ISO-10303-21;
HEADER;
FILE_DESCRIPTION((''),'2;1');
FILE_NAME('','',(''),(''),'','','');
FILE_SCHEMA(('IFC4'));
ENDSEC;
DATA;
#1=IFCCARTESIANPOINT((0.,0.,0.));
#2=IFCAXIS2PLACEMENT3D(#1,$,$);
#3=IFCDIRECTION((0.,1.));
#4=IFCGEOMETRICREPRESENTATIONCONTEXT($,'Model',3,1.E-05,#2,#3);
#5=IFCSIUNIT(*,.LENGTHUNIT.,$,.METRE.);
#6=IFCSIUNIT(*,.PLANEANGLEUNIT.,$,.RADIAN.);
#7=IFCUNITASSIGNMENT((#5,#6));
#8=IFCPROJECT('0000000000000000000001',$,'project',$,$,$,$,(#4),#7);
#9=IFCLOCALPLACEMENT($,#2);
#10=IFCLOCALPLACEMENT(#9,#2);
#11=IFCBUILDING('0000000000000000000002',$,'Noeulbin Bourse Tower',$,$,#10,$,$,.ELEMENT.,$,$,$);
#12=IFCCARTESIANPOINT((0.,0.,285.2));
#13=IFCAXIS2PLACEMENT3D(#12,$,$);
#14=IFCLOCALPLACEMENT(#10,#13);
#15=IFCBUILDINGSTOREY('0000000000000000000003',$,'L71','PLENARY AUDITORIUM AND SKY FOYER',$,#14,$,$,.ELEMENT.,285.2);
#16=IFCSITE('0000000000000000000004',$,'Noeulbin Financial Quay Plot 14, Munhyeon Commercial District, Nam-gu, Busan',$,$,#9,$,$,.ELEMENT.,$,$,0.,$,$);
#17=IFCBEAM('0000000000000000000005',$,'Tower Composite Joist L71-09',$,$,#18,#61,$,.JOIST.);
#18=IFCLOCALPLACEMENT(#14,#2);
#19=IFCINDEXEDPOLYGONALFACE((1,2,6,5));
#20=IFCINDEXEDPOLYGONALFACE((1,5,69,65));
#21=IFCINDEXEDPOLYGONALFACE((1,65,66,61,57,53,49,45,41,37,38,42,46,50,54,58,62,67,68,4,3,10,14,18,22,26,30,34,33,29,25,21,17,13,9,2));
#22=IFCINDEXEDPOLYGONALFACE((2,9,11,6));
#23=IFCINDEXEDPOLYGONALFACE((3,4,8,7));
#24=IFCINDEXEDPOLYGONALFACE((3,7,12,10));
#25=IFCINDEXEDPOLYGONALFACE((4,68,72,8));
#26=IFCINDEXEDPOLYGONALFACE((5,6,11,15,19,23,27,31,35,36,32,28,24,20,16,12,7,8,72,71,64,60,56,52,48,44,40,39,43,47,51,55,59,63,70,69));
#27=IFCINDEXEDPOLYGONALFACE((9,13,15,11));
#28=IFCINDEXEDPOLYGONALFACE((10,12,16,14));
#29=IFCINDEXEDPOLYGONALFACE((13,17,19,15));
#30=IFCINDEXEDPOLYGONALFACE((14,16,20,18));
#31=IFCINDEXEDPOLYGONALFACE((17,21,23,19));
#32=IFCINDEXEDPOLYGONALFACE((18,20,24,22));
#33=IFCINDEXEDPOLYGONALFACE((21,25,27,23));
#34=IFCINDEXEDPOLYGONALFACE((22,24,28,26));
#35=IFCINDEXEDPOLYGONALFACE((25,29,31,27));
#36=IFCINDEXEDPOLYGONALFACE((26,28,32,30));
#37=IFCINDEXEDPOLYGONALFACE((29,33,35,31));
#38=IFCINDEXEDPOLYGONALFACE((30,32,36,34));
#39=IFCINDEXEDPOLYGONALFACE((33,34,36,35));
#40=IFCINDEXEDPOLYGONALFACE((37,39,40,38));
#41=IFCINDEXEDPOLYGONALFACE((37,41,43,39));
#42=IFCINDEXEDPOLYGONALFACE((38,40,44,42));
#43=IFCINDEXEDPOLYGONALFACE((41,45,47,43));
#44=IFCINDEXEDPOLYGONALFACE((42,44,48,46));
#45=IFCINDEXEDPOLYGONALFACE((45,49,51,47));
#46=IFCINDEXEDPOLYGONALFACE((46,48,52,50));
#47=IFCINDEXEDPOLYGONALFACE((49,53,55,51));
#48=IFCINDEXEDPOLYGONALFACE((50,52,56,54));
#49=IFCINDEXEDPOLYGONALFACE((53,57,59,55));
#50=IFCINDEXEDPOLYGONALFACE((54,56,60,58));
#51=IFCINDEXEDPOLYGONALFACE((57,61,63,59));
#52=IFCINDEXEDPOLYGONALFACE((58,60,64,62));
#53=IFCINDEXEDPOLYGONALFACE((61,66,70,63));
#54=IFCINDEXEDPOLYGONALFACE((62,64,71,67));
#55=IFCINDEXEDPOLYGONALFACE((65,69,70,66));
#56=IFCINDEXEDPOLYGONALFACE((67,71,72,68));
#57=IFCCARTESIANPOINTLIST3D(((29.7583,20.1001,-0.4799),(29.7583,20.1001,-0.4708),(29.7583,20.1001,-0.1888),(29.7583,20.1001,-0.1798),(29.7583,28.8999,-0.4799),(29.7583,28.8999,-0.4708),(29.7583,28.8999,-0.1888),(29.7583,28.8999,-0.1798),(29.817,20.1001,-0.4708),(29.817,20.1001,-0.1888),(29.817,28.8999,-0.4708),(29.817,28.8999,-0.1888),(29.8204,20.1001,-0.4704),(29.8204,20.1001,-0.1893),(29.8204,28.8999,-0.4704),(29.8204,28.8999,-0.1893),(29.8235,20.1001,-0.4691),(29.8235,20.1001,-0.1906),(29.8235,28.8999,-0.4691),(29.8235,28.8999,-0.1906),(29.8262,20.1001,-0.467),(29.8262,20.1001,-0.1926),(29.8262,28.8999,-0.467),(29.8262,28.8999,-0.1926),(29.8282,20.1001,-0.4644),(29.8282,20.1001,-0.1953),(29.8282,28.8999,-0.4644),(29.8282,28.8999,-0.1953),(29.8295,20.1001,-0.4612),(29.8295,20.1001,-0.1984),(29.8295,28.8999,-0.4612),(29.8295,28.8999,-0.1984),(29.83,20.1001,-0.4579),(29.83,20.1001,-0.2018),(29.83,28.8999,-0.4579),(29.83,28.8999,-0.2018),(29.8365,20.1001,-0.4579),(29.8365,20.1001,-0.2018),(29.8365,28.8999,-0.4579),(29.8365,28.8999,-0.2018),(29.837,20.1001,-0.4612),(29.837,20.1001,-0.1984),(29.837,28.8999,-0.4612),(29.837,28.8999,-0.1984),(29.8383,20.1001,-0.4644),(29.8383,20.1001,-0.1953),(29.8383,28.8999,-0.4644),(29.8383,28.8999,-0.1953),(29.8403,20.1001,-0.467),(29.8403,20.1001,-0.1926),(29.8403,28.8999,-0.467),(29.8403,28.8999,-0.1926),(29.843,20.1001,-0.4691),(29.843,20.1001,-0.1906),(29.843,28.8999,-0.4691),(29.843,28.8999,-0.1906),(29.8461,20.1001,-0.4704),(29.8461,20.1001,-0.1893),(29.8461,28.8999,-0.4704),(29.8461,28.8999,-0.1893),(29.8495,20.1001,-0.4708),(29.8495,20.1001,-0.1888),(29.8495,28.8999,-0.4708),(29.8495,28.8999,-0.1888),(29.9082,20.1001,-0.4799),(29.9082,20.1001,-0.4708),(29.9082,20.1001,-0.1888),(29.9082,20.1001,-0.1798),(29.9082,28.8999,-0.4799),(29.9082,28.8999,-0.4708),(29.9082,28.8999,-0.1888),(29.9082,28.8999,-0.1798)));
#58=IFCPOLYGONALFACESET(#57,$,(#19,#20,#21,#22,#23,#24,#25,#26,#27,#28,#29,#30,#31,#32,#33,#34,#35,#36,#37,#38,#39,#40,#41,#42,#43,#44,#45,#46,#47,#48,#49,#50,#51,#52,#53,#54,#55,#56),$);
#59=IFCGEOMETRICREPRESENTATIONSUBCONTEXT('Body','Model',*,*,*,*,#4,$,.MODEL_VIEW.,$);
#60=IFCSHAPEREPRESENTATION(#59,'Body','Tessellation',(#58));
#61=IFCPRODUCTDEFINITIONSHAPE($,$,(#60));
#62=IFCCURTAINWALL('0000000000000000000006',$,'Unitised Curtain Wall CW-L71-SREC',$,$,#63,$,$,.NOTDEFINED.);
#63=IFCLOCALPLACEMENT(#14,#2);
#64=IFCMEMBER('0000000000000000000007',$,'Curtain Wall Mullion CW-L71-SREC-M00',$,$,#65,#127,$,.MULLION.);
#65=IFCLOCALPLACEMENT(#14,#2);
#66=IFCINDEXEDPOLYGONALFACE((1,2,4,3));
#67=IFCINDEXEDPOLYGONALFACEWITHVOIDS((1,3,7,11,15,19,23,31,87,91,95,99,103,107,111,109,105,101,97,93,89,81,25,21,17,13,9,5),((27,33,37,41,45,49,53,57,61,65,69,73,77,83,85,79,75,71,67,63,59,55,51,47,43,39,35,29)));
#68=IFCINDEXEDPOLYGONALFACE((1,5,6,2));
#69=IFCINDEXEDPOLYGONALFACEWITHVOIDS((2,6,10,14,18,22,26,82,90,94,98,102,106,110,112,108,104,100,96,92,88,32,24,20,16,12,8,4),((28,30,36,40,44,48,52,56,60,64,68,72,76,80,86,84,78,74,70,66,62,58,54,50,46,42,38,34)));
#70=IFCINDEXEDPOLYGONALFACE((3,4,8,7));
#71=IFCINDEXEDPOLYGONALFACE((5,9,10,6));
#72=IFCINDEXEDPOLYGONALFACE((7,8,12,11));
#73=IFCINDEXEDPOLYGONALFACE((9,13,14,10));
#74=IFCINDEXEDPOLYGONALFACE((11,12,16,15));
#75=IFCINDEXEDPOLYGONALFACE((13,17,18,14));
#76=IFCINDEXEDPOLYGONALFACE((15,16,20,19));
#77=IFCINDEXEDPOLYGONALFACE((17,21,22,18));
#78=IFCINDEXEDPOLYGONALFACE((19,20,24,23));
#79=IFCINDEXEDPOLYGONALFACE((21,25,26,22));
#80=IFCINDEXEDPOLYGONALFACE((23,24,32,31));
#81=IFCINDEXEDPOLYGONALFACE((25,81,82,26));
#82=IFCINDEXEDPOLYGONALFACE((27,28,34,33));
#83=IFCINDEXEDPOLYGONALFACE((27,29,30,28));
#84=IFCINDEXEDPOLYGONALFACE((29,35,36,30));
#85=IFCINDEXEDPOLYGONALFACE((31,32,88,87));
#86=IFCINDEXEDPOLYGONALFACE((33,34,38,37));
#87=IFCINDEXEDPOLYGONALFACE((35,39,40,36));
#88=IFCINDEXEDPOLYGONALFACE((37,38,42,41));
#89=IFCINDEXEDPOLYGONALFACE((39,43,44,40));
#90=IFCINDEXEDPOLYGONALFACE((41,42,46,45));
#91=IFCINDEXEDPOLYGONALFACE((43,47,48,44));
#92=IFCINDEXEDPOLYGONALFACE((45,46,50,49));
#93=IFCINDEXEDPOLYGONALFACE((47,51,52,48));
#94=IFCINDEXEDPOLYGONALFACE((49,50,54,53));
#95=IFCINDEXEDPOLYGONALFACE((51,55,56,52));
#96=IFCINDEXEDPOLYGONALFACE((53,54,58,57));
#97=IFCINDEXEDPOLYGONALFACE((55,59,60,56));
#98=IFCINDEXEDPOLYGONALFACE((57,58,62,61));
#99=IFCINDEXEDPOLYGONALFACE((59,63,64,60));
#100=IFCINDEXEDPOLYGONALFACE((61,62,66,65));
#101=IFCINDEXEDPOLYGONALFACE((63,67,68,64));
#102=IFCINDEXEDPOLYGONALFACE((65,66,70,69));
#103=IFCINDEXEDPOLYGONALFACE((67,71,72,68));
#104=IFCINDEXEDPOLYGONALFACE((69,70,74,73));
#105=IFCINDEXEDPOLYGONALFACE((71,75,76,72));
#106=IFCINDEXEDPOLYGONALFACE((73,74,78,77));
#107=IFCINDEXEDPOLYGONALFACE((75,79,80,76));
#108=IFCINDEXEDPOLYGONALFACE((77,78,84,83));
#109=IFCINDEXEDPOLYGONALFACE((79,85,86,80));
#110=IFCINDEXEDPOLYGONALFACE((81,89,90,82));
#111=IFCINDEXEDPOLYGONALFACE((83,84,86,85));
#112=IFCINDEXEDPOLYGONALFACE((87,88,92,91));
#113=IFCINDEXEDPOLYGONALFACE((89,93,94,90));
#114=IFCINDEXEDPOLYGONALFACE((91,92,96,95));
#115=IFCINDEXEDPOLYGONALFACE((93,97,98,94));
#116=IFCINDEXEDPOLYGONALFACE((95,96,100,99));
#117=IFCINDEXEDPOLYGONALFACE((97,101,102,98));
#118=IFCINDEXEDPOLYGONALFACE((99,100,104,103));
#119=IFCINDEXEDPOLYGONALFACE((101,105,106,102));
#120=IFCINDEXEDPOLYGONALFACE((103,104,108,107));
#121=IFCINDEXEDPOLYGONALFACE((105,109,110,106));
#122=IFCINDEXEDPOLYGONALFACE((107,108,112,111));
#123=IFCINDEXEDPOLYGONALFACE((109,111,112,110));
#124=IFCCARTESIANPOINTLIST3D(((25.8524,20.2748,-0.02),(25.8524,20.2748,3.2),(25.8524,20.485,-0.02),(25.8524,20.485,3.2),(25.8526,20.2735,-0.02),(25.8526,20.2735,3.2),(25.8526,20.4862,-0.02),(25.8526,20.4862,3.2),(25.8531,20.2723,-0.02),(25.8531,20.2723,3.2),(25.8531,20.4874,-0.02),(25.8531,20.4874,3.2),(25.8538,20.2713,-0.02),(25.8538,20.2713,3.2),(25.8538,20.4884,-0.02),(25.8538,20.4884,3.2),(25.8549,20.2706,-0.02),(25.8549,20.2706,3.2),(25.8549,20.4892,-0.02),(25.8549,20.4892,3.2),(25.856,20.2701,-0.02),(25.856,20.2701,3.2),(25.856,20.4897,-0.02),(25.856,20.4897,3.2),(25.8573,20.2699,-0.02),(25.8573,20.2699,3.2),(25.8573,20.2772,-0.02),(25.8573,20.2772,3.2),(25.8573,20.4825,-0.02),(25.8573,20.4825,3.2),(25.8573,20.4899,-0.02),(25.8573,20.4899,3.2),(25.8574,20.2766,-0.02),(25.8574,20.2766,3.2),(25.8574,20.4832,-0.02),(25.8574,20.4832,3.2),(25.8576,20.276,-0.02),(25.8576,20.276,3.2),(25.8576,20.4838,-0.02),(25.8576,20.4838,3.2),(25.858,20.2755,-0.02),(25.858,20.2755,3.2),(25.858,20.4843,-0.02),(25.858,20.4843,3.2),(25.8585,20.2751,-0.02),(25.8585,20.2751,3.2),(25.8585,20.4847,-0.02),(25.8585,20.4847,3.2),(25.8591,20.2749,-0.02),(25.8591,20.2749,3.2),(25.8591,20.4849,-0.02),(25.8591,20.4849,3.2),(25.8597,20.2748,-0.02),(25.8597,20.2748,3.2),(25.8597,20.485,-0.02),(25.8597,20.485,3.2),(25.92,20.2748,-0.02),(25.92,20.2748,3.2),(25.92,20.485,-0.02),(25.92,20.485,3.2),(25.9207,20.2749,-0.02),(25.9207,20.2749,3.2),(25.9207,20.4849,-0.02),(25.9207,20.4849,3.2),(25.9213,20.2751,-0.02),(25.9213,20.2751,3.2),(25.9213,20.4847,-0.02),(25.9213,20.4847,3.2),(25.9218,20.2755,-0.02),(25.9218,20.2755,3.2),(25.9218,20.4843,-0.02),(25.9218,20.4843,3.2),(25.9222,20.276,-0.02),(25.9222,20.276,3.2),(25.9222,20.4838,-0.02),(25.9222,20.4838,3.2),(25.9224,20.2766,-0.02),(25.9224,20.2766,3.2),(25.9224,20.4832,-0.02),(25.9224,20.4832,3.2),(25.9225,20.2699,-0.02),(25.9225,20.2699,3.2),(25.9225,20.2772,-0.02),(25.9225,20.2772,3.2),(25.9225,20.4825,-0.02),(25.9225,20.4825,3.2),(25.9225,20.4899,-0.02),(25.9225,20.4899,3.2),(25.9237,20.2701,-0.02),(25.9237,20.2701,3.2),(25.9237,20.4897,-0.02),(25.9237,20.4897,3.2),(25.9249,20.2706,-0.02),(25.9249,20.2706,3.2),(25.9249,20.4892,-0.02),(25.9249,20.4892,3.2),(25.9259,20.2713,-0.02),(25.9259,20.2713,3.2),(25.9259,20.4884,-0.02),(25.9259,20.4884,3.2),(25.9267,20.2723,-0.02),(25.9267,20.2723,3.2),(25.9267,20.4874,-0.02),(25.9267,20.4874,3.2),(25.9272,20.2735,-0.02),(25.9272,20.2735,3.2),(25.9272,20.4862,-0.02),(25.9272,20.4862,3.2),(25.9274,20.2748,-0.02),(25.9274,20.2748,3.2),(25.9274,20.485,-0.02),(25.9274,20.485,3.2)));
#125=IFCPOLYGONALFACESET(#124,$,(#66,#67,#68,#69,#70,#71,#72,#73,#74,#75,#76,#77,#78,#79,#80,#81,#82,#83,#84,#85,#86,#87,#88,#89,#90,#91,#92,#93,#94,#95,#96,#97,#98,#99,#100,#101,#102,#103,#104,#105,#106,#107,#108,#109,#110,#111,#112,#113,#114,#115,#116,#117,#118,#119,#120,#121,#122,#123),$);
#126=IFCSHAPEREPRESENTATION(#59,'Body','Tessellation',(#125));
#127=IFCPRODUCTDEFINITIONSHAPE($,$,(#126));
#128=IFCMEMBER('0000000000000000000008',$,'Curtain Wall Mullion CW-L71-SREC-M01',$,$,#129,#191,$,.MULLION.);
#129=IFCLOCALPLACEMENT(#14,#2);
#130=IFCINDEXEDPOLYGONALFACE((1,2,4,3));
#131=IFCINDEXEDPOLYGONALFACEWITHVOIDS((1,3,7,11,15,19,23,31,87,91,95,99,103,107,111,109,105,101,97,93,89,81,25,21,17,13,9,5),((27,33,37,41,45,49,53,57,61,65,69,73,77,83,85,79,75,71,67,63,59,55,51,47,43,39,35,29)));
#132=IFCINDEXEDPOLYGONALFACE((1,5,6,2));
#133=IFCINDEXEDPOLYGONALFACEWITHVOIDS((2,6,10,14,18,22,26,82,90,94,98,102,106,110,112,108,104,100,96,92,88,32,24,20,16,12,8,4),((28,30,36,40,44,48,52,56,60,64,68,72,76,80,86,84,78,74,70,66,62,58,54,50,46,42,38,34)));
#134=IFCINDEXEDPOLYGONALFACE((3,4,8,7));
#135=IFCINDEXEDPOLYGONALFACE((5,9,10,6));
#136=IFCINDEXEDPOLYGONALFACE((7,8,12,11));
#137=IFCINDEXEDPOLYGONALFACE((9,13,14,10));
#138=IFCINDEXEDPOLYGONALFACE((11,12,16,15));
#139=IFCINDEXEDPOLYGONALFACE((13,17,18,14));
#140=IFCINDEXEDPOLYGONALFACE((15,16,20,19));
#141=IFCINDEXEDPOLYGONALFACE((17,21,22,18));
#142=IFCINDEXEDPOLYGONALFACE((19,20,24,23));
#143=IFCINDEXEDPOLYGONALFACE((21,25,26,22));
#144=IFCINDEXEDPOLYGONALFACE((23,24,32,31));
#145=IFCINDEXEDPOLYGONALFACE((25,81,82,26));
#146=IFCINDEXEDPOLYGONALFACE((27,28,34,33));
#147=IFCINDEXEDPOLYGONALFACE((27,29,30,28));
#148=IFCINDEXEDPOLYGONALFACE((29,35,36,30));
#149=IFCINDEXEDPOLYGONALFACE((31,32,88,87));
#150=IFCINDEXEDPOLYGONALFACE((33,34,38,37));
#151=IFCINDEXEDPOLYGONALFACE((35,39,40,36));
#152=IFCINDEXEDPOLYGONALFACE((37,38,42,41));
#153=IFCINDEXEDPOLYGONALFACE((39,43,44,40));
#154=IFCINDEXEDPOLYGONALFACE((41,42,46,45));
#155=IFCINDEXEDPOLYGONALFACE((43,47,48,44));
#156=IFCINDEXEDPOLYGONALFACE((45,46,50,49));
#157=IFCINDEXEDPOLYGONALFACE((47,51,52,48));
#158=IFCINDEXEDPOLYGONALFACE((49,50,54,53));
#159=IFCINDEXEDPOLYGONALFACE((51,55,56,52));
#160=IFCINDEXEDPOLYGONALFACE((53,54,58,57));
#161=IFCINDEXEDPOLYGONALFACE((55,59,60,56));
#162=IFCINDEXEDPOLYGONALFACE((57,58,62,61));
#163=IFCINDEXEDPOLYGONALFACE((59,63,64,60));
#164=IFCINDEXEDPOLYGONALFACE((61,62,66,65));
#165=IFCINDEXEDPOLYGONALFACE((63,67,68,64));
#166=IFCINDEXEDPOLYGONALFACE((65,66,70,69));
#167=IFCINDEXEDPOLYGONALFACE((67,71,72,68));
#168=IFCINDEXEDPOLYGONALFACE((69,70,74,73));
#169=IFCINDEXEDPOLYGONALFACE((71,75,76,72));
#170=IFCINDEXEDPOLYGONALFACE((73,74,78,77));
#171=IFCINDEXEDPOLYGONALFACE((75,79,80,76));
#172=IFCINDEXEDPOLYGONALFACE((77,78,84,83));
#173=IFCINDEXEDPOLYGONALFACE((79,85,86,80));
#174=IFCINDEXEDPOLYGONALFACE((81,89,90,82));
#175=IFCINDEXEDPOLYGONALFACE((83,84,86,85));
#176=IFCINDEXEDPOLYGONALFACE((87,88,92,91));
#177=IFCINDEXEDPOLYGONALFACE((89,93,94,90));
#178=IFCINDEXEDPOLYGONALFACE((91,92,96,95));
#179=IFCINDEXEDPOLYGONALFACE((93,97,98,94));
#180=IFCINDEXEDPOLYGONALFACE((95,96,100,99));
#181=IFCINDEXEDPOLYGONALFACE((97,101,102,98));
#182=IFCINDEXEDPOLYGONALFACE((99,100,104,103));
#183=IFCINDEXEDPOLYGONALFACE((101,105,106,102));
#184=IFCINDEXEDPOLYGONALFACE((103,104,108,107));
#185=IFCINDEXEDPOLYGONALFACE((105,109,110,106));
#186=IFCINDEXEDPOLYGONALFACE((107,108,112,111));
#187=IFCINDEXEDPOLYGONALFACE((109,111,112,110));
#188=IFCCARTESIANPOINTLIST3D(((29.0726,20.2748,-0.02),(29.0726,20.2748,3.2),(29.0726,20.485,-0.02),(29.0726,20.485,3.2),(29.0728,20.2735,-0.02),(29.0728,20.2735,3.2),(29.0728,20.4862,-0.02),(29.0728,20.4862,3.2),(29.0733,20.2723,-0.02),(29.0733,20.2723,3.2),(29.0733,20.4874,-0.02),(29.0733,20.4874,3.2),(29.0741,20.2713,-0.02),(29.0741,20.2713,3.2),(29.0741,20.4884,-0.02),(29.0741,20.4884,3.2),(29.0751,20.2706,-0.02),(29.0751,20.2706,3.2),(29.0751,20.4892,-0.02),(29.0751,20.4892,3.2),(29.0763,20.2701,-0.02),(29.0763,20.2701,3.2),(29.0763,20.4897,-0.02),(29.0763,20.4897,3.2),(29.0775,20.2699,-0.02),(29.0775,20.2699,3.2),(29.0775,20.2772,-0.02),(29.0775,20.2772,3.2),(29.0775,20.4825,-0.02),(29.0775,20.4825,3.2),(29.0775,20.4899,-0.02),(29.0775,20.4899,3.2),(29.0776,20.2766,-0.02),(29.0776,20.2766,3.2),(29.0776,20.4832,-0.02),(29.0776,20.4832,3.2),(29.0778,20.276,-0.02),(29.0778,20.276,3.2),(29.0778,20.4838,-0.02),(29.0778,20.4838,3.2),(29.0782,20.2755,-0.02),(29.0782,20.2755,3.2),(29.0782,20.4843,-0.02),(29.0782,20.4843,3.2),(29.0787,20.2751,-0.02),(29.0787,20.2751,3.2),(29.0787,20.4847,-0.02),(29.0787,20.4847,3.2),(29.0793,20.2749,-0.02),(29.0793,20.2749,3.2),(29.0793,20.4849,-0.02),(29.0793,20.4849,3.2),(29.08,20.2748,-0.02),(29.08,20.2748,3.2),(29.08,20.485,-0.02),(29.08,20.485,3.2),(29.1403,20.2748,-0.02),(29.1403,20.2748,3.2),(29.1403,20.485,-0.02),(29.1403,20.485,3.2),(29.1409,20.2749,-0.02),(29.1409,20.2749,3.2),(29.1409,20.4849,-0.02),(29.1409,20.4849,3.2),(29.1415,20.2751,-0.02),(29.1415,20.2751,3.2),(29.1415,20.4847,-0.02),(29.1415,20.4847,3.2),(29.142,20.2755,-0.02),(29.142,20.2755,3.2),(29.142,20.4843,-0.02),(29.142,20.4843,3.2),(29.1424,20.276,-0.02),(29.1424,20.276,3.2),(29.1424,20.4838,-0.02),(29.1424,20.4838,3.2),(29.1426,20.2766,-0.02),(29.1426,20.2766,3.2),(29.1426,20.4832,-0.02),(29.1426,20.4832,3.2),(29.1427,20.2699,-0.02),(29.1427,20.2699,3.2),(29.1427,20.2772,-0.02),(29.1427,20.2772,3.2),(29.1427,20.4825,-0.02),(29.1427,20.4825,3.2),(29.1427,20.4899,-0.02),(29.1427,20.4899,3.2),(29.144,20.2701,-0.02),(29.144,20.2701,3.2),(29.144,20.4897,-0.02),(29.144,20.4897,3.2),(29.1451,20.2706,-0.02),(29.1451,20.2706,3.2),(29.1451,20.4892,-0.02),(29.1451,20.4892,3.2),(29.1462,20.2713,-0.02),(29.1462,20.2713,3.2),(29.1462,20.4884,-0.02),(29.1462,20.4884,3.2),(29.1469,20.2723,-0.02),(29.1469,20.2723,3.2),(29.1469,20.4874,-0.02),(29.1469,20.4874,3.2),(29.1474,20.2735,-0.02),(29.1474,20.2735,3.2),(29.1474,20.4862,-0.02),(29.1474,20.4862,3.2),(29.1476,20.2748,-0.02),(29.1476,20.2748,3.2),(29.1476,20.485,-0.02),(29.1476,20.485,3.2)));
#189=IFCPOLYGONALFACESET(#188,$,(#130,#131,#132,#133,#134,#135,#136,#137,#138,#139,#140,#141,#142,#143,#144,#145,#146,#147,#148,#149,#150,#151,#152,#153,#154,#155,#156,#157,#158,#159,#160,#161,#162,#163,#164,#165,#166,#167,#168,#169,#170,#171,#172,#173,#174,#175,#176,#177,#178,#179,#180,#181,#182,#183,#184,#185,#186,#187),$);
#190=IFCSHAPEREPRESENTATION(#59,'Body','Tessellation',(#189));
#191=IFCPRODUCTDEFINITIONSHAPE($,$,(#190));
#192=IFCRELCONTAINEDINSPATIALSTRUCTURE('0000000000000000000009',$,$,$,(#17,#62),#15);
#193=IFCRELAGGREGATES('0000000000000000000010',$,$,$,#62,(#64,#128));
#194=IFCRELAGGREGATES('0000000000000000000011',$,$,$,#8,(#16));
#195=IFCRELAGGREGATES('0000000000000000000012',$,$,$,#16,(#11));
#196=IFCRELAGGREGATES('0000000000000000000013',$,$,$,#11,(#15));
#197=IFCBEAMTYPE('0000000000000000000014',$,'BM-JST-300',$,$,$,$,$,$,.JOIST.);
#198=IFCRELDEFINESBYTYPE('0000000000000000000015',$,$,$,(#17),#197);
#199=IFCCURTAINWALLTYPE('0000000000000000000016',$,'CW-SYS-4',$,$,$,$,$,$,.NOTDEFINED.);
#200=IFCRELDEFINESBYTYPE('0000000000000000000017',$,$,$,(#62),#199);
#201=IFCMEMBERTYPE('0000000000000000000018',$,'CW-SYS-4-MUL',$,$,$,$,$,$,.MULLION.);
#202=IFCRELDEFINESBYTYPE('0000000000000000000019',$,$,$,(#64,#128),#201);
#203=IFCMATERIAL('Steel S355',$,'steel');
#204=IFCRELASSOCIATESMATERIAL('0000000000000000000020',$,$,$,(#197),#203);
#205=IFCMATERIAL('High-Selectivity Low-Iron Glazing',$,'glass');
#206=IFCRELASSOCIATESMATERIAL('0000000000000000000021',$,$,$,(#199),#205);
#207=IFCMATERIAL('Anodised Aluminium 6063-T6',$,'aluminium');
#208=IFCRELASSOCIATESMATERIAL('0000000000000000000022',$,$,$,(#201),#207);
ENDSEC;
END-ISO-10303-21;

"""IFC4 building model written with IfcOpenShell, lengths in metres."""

from ifc_helpers import new_model, si_unit, direction, frame, origin, origin_2d, place, context, subcontext, project, spatial, hollow_rectangle, i_section, extrude, material, material_profile, profile_set, type_object, element, aggregate, save


model = new_model("IFC4")

# Units and contexts
model_context = context("Model", 3, precision=1e-05, world=origin(), true_north=direction((0.0, 1.0)))
body_context = subcontext(model_context, "Body", "Model", "MODEL_VIEW")
ifc_project = project(units=[si_unit("LENGTHUNIT", "METRE"), si_unit("PLANEANGLEUNIT", "RADIAN")], contexts=[model_context])

# Site, building, storey
site_placement = place(None, origin())
site = spatial("IfcSite", under=ifc_project, at=site_placement, Name="Noeulbin Financial Quay Plot 14, Munhyeon Commercial District, Nam-gu, Busan", CompositionType="ELEMENT", RefElevation=0.0)
building_placement = place(site_placement, origin())
building = spatial("IfcBuilding", under=site, at=building_placement, Name="Noeulbin Bourse Tower", CompositionType="ELEMENT")
storey_placement = place(building_placement, frame((0.0, 0.0, 285.2)))
storey = spatial("IfcBuildingStorey", under=building, at=storey_placement, Name="L71", Description="PLENARY AUDITORIUM AND SKY FOYER", CompositionType="ELEMENT", Elevation=285.2)

# Shared definitions
ifc_material_1 = material(Name="Steel S355", Category="steel")

# Beam
ifc_material_profile_1 = material_profile(ifc_material_1, i_section(OverallWidth=0.1499, OverallDepth=0.3, WebThickness=0.0066, FlangeThickness=0.009, FilletRadius=0.0129, at=origin_2d()), Name="H-300x150x6.5x9", Category="LoadBearing")
ifc_profile_set_1 = profile_set([ifc_material_profile_1], Name="Steel S355")
beam_type_1 = type_object("IfcBeamType", Name="BM-JST-300", PredefinedType="JOIST", material=ifc_profile_set_1)
for number, where, z_axis, x_axis, name in (
    (1, (29.8333, 20.1001, -0.3298), (0.0, 1.0, 0.0), (-1.0, 0.0, 0.0), "Tower Composite Joist L71-09"),
):
    element("IfcBeam", number, at=place(storey_placement, frame(where, z_axis=z_axis, x_axis=x_axis)), inside=storey, type_object=beam_type_1, Name=name, PredefinedType="JOIST", context=body_context, shape_type="SweptSolid", body=[
        extrude(i_section(OverallWidth=0.1499, OverallDepth=0.3, WebThickness=0.0066, FlangeThickness=0.009, FilletRadius=0.0129, at=origin_2d()), origin(), (0.0, 0.0, 1.0), 8.7998),
    ])

# Curtain wall, members
ifc_material_2 = material(Name="High-Selectivity Low-Iron Glazing", Category="glass")
curtain_wall_type = type_object("IfcCurtainWallType", Name="CW-SYS-4", PredefinedType="NOTDEFINED", material=ifc_material_2)
curtain_wall_1_placement = place(storey_placement, origin())
curtain_wall_1 = element("IfcCurtainWall", 2, at=curtain_wall_1_placement, inside=storey, type_object=curtain_wall_type, Name="Unitised Curtain Wall CW-L71-SREC", PredefinedType="NOTDEFINED")
ifc_material_3 = material(Name="Anodised Aluminium 6063-T6", Category="aluminium")
ifc_material_profile_2 = material_profile(ifc_material_3, hollow_rectangle(XDim=0.075, YDim=0.22, WallThickness=0.0049, InnerFilletRadius=0.0024, OuterFilletRadius=0.0049, at=origin_2d()), Name="ALU-MULL-75x220x5", Category="LoadBearing")
ifc_profile_set_2 = profile_set([ifc_material_profile_2], Name="Anodised Aluminium 6063-T6")
member_type_1 = type_object("IfcMemberType", Name="CW-SYS-4-MUL", PredefinedType="MULLION", material=ifc_profile_set_2)
member_1_placement = place(storey_placement, frame((25.8899, 20.3799, -0.02), z_axis=(0.0, 0.0, 1.0), x_axis=(1.0, 0.0, 0.0)))
member_1 = element("IfcMember", 3, at=member_1_placement, type_object=member_type_1, Name="Curtain Wall Mullion CW-L71-SREC-M00", PredefinedType="MULLION", context=body_context, shape_type="SweptSolid", body=[
    extrude(hollow_rectangle(XDim=0.075, YDim=0.22, WallThickness=0.0049, InnerFilletRadius=0.0024, OuterFilletRadius=0.0049, at=origin_2d()), origin(), (0.0, 0.0, 1.0), 3.22),
])
member_2_placement = place(storey_placement, frame((29.1101, 20.3799, -0.02), z_axis=(0.0, 0.0, 1.0), x_axis=(1.0, 0.0, 0.0)))
member_2 = element("IfcMember", 4, at=member_2_placement, type_object=member_type_1, Name="Curtain Wall Mullion CW-L71-SREC-M01", PredefinedType="MULLION", context=body_context, shape_type="SweptSolid", body=[
    extrude(hollow_rectangle(XDim=0.075, YDim=0.22, WallThickness=0.0049, InnerFilletRadius=0.0024, OuterFilletRadius=0.0049, at=origin_2d()), origin(), (0.0, 0.0, 1.0), 3.22),
])

aggregate(curtain_wall_1, [member_1, member_2])

save(model, "model.ifc")
